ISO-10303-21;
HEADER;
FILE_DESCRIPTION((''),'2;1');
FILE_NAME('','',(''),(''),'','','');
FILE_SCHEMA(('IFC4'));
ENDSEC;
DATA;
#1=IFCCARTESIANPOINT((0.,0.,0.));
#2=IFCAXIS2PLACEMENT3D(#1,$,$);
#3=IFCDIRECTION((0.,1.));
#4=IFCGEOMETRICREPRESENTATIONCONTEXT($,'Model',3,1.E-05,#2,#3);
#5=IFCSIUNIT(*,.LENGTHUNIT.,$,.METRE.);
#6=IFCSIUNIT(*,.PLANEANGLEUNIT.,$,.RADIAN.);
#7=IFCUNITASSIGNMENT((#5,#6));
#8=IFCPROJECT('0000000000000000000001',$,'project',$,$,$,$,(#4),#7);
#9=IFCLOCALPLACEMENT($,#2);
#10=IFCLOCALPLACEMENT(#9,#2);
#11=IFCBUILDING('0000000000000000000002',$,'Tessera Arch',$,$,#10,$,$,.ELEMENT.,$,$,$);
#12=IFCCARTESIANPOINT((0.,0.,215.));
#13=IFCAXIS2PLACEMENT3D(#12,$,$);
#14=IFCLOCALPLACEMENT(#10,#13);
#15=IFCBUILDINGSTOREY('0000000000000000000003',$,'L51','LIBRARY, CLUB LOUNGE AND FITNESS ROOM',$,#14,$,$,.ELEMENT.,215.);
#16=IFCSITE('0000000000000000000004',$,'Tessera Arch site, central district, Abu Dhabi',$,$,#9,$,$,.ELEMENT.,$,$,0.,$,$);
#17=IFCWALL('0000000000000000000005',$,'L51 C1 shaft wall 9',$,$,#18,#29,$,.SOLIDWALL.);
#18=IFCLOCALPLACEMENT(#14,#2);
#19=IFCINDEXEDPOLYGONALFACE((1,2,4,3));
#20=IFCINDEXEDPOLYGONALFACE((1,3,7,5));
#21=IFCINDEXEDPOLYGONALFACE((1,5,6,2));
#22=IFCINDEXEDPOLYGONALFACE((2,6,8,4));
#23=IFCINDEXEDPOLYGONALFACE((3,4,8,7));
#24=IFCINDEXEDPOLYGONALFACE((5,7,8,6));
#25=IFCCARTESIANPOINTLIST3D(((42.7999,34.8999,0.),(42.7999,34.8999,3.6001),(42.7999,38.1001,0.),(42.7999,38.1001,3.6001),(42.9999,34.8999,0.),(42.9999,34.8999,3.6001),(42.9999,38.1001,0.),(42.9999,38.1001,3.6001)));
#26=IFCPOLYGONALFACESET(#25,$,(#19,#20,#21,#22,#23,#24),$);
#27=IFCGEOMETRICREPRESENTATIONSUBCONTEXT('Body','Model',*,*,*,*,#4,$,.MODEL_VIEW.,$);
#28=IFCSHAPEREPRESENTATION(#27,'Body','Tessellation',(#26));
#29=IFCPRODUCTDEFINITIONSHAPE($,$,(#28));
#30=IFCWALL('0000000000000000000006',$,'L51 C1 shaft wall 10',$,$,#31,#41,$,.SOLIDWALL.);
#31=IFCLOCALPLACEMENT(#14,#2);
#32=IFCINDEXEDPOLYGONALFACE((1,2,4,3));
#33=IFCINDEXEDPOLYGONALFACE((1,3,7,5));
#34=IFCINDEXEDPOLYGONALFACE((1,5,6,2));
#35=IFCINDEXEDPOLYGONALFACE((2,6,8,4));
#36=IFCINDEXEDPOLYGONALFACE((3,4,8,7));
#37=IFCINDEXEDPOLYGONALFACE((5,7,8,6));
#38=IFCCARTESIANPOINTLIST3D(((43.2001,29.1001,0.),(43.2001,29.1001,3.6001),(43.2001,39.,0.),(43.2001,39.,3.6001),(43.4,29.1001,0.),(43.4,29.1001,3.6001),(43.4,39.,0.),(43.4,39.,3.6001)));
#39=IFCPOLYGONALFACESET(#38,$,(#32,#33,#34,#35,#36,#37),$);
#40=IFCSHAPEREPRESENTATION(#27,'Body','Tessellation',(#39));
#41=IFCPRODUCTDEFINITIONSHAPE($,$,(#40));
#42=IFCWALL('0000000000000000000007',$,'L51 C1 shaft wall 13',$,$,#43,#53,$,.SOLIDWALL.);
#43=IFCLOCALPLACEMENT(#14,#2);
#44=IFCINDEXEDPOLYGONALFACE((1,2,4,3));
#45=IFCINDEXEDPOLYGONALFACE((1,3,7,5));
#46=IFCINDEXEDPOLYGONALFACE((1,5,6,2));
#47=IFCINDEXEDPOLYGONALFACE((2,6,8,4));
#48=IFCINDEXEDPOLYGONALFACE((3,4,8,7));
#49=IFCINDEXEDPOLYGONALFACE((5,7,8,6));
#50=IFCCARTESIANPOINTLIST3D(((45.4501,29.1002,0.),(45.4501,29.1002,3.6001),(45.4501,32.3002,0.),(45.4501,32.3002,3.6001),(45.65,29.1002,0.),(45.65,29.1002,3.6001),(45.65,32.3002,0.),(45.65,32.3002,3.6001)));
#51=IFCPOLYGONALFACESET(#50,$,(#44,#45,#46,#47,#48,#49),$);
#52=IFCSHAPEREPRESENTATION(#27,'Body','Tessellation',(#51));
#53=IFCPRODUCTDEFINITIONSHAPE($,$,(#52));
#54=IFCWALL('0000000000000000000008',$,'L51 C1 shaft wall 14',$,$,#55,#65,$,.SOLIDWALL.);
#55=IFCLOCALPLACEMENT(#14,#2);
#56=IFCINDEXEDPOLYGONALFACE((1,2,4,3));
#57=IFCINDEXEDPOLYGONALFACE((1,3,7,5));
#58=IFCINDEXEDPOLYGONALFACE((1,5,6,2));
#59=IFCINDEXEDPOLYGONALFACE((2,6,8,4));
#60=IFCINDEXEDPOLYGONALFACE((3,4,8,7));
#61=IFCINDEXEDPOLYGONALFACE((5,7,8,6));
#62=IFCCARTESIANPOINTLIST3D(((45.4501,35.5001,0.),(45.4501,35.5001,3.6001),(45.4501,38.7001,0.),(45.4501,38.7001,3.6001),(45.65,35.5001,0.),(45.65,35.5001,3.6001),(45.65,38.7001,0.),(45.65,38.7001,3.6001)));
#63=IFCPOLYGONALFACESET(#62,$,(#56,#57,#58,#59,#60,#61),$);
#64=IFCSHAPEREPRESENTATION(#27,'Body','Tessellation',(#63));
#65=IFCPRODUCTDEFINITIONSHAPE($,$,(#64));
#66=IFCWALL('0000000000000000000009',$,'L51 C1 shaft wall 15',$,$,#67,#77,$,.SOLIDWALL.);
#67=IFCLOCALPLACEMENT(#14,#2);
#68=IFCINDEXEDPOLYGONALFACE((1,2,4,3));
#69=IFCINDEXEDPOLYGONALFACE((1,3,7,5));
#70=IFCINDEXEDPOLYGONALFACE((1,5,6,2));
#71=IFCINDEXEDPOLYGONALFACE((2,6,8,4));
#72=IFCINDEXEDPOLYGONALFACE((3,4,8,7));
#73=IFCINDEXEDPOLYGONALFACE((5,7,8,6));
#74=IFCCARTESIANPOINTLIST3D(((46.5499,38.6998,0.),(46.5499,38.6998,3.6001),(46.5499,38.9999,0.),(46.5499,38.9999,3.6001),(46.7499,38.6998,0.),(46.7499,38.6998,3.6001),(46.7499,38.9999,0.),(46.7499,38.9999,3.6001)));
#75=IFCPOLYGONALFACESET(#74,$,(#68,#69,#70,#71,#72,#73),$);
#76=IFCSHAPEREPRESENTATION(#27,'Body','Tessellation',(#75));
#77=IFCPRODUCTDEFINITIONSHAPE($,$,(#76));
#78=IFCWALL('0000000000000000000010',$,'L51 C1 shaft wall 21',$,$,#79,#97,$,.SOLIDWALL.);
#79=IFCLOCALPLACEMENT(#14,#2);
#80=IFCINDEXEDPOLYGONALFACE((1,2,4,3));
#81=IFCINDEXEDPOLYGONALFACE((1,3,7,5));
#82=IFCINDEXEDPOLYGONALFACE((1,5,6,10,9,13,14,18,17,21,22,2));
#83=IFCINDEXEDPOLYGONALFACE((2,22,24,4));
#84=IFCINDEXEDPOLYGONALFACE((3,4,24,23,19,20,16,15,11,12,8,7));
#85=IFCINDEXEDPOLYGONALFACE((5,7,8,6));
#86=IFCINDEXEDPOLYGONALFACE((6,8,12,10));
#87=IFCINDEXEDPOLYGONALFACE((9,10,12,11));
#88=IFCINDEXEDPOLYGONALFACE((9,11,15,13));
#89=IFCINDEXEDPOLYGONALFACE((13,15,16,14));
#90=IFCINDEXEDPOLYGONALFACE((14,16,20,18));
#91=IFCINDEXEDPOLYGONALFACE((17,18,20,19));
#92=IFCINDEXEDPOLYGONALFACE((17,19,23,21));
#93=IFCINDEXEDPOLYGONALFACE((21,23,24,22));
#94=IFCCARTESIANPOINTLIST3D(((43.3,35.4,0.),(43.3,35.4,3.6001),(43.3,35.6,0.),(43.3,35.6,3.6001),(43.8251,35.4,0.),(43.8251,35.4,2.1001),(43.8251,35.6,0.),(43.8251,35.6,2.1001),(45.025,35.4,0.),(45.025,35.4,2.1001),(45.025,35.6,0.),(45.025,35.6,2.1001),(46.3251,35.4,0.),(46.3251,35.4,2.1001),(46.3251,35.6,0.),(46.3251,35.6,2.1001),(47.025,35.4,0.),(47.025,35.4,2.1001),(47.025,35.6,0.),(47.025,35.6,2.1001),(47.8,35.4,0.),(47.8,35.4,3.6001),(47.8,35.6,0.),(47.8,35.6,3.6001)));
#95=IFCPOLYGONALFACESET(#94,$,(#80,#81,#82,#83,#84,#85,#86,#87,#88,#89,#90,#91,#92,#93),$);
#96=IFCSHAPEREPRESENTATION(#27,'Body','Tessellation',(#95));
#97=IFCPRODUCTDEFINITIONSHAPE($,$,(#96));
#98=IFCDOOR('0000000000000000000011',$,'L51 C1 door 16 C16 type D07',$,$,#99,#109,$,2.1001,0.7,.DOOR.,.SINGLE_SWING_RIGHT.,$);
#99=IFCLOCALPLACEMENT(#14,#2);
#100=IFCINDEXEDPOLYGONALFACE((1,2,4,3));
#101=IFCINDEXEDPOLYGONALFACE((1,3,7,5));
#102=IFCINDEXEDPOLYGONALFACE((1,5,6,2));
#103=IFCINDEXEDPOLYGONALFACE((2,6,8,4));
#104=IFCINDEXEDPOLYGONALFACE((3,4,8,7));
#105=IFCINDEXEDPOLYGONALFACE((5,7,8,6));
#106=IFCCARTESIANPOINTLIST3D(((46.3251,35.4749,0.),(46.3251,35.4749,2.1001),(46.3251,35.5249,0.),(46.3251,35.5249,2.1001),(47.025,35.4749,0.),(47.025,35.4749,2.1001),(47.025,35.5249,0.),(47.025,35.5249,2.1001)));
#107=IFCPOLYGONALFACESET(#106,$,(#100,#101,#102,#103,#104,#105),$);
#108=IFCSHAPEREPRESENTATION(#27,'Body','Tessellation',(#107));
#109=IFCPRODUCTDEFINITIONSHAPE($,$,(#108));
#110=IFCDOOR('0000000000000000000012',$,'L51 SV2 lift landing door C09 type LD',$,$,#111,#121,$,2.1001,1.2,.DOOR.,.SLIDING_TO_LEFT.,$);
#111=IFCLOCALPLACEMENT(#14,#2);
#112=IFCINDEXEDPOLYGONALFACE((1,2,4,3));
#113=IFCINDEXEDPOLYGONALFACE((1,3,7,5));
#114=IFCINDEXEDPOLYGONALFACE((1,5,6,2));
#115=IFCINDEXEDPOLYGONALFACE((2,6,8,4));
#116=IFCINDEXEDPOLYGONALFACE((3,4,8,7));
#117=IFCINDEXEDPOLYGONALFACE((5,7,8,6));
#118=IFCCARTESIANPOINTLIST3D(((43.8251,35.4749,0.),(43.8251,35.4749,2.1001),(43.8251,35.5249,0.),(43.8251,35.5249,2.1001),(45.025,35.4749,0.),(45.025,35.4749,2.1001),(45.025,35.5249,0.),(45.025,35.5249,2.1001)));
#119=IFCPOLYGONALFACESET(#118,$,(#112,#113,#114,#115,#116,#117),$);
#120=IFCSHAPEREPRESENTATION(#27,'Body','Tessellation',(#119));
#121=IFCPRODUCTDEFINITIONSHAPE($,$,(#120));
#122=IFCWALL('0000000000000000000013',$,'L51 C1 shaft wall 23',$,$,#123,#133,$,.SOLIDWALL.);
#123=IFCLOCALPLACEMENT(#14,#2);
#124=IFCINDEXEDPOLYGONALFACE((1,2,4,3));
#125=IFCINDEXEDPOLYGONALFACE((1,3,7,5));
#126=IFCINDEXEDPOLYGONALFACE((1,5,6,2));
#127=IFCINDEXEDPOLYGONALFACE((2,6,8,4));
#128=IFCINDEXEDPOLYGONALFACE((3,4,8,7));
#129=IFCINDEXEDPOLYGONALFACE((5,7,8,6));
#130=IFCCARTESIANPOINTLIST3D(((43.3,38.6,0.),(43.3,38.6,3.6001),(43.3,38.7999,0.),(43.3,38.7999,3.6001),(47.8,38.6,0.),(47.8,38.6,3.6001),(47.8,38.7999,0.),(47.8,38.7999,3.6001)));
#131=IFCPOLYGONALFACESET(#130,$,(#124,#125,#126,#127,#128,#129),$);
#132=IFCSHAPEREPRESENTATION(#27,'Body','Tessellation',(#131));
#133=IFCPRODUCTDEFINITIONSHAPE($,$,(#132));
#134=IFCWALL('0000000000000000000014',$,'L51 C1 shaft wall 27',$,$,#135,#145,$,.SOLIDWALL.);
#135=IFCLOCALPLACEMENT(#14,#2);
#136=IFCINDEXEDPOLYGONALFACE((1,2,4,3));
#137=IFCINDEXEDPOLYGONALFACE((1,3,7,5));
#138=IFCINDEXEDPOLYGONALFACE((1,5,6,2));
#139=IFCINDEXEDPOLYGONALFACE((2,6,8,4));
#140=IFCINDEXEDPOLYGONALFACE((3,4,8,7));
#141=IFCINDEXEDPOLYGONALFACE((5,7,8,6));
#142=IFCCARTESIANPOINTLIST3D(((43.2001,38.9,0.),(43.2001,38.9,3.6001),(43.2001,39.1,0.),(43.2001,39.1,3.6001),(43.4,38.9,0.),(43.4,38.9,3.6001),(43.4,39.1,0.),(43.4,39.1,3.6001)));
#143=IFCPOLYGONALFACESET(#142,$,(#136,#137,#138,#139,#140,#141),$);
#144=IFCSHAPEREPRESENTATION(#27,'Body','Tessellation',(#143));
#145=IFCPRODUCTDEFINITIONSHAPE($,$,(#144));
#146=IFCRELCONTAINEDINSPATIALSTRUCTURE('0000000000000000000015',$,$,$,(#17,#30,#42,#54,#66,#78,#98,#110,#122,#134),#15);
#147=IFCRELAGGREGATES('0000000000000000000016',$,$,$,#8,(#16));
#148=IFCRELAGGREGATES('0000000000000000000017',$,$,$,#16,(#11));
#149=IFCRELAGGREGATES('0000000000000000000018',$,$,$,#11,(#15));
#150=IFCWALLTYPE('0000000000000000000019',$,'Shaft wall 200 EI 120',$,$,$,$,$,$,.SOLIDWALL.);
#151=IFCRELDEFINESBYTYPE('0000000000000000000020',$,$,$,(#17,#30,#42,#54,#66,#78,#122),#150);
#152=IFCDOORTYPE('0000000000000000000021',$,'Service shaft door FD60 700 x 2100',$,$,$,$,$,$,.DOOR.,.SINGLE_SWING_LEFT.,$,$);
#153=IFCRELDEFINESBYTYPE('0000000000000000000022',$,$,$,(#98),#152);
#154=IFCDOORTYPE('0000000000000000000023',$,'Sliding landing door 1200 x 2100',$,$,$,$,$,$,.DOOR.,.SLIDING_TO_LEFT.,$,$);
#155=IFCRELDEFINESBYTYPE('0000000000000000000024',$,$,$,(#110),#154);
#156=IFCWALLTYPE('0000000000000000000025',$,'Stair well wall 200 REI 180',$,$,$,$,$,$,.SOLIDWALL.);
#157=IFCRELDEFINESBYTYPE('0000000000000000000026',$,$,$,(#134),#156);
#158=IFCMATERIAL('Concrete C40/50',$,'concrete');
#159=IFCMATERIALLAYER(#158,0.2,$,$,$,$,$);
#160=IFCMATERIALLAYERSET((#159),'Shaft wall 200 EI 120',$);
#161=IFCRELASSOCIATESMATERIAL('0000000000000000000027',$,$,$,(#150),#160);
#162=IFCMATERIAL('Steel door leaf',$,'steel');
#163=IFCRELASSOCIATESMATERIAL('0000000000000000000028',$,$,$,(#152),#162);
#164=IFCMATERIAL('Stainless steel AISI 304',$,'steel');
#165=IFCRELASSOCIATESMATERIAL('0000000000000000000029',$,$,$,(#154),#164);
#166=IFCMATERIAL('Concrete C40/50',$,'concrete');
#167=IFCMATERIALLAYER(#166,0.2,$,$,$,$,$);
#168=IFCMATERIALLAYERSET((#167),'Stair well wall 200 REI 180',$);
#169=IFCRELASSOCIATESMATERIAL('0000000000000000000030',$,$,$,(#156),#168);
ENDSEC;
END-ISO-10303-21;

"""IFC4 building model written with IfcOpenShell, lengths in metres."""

from ifc_helpers import new_model, si_unit, direction, frame, frame_2d, origin, place, context, subcontext, project, spatial, rectangle, extrude, material, layer, layer_set, type_object, element, fill, save


model = new_model("IFC4")

# Units and contexts
model_context = context("Model", 3, precision=1e-05, world=origin(), true_north=direction((0.0, 1.0)))
body_context = subcontext(model_context, "Body", "Model", "MODEL_VIEW")
ifc_project = project(units=[si_unit("LENGTHUNIT", "METRE"), si_unit("PLANEANGLEUNIT", "RADIAN")], contexts=[model_context])

# Site, building, storey
site_placement = place(None, origin())
site = spatial("IfcSite", under=ifc_project, at=site_placement, Name="Tessera Arch site, central district, Abu Dhabi", CompositionType="ELEMENT", RefElevation=0.0)
building_placement = place(site_placement, origin())
building = spatial("IfcBuilding", under=site, at=building_placement, Name="Tessera Arch", CompositionType="ELEMENT")
storey_placement = place(building_placement, frame((0.0, 0.0, 215.0)))
storey = spatial("IfcBuildingStorey", under=building, at=storey_placement, Name="L51", Description="LIBRARY, CLUB LOUNGE AND FITNESS ROOM", CompositionType="ELEMENT", Elevation=215.0)

# Walls
ifc_material_1 = material(Name="Concrete C40/50", Category="concrete")
ifc_layer_1 = layer(ifc_material_1, 0.2)
ifc_layer_set_1 = layer_set([ifc_layer_1], Name="Shaft wall 200 EI 120")
wall_type_1 = type_object("IfcWallType", Name="Shaft wall 200 EI 120", PredefinedType="SOLIDWALL", material=ifc_layer_set_1)
wall_1_placement = place(storey_placement, frame((42.8999, 34.8999, 0.0), z_axis=(0.0, 0.0, 1.0), x_axis=(0.0, 1.0, 0.0)))
element("IfcWall", 1, at=wall_1_placement, inside=storey, type_object=wall_type_1, Name="L51 C1 shaft wall 9", PredefinedType="SOLIDWALL", context=body_context, shape_type="SweptSolid", body=[
    extrude(rectangle(XDim=3.2002, YDim=0.2, at=frame_2d((1.6001, 0.0))), origin(), (0.0, 0.0, 1.0), 3.6001),
])
wall_2_placement = place(storey_placement, frame((43.3, 29.1001, 0.0), z_axis=(0.0, 0.0, 1.0), x_axis=(0.0, 1.0, 0.0)))
element("IfcWall", 2, at=wall_2_placement, inside=storey, type_object=wall_type_1, Name="L51 C1 shaft wall 10", PredefinedType="SOLIDWALL", context=body_context, shape_type="SweptSolid", body=[
    extrude(rectangle(XDim=9.8999, YDim=0.2, at=frame_2d((4.95, 0.0))), origin(), (0.0, 0.0, 1.0), 3.6001),
])
for number, where, z_axis, x_axis, name in (
    (3, (45.55, 29.1001, 0.0), (0.0, 0.0, 1.0), (0.0, 1.0, 0.0), "L51 C1 shaft wall 13"),
    (4, (45.55, 35.5, 0.0), (0.0, 0.0, 1.0), (0.0, 1.0, 0.0), "L51 C1 shaft wall 14"),
):
    element("IfcWall", number, at=place(storey_placement, frame(where, z_axis=z_axis, x_axis=x_axis)), inside=storey, type_object=wall_type_1, Name=name, PredefinedType="SOLIDWALL", context=body_context, shape_type="SweptSolid", body=[
        extrude(rectangle(XDim=3.2, YDim=0.2, at=frame_2d((1.6001, 0.0))), origin(), (0.0, 0.0, 1.0), 3.6001),
    ])
wall_3_placement = place(storey_placement, frame((46.6499, 38.7, 0.0), z_axis=(0.0, 0.0, 1.0), x_axis=(0.0, 1.0, 0.0)))
element("IfcWall", 5, at=wall_3_placement, inside=storey, type_object=wall_type_1, Name="L51 C1 shaft wall 15", PredefinedType="SOLIDWALL", context=body_context, shape_type="SweptSolid", body=[
    extrude(rectangle(XDim=0.3, YDim=0.2, at=frame_2d((0.1499, 0.0))), origin(), (0.0, 0.0, 1.0), 3.6001),
])

# Wall, openings, doors
wall_4_placement = place(storey_placement, frame((43.3, 35.5, 0.0), z_axis=(0.0, 0.0, 1.0), x_axis=(1.0, 0.0, 0.0)))
wall_4 = element("IfcWall", 6, at=wall_4_placement, inside=storey, type_object=wall_type_1, Name="L51 C1 shaft wall 21", PredefinedType="SOLIDWALL", context=body_context, shape_type="SweptSolid", body=[
    extrude(rectangle(XDim=4.5, YDim=0.2, at=frame_2d((2.25, 0.0))), origin(), (0.0, 0.0, 1.0), 3.6001),
])
opening_1_placement = place(wall_4_placement, frame((0.5249, 0.0, 0.0)))
opening_1 = element("IfcOpeningElement", 7, at=opening_1_placement, cuts=wall_4, PredefinedType="OPENING", context=body_context, shape_type="SweptSolid", body=[
    extrude(rectangle(XDim=1.2, YDim=2.1001, at=frame_2d((0.6001, 1.05))), frame((0.0, 0.1099, 0.0), z_axis=(0.0, -1.0, 0.0), x_axis=(1.0, 0.0, 0.0)), (0.0, 0.0, 1.0), 0.22),
])
opening_2_placement = place(wall_4_placement, frame((3.0249, 0.0, 0.0)))
opening_2 = element("IfcOpeningElement", 8, at=opening_2_placement, cuts=wall_4, PredefinedType="OPENING", context=body_context, shape_type="SweptSolid", body=[
    extrude(rectangle(XDim=0.7, YDim=2.1001, at=frame_2d((0.3501, 1.05))), frame((0.0, 0.1099, 0.0), z_axis=(0.0, -1.0, 0.0), x_axis=(1.0, 0.0, 0.0)), (0.0, 0.0, 1.0), 0.22),
])
ifc_material_2 = material(Name="Steel door leaf", Category="steel")
door_type_1 = type_object("IfcDoorType", Name="Service shaft door FD60 700 x 2100", OperationType="SINGLE_SWING_LEFT", PredefinedType="DOOR", material=ifc_material_2)
door_1_placement = place(opening_2_placement, origin())
door_1 = element("IfcDoor", 9, at=door_1_placement, inside=storey, type_object=door_type_1, Name="L51 C1 door 16 C16 type D07", OperationType="SINGLE_SWING_RIGHT", OverallHeight=2.1001, OverallWidth=0.7, PredefinedType="DOOR", context=body_context, shape_type="SweptSolid", body=[
    extrude(rectangle(XDim=0.7, YDim=2.1001, at=frame_2d((0.3501, 1.05))), frame((0.0, 0.0249, 0.0), z_axis=(0.0, -1.0, 0.0), x_axis=(1.0, 0.0, 0.0)), (0.0, 0.0, 1.0), 0.05),
])
fill(opening_2, door_1)
ifc_material_3 = material(Name="Stainless steel AISI 304", Category="steel")
door_type_2 = type_object("IfcDoorType", Name="Sliding landing door 1200 x 2100", OperationType="SLIDING_TO_LEFT", PredefinedType="DOOR", material=ifc_material_3)
door_2_placement = place(opening_1_placement, origin())
door_2 = element("IfcDoor", 10, at=door_2_placement, inside=storey, type_object=door_type_2, Name="L51 SV2 lift landing door C09 type LD", OperationType="SLIDING_TO_LEFT", OverallHeight=2.1001, OverallWidth=1.2, PredefinedType="DOOR", context=body_context, shape_type="SweptSolid", body=[
    extrude(rectangle(XDim=1.2, YDim=2.1001, at=frame_2d((0.6001, 1.05))), frame((0.0, 0.0249, 0.0), z_axis=(0.0, -1.0, 0.0), x_axis=(1.0, 0.0, 0.0)), (0.0, 0.0, 1.0), 0.05),
])
fill(opening_1, door_2)

# Walls
wall_5_placement = place(storey_placement, frame((43.3, 38.7, 0.0), z_axis=(0.0, 0.0, 1.0), x_axis=(1.0, 0.0, 0.0)))
element("IfcWall", 11, at=wall_5_placement, inside=storey, type_object=wall_type_1, Name="L51 C1 shaft wall 23", PredefinedType="SOLIDWALL", context=body_context, shape_type="SweptSolid", body=[
    extrude(rectangle(XDim=4.5, YDim=0.2, at=frame_2d((2.25, 0.0))), origin(), (0.0, 0.0, 1.0), 3.6001),
])
ifc_material_4 = material(Name="Concrete C40/50", Category="concrete")
ifc_layer_2 = layer(ifc_material_4, 0.2)
ifc_layer_set_2 = layer_set([ifc_layer_2], Name="Stair well wall 200 REI 180")
wall_type_2 = type_object("IfcWallType", Name="Stair well wall 200 REI 180", PredefinedType="SOLIDWALL", material=ifc_layer_set_2)
wall_6_placement = place(storey_placement, frame((43.2, 39.0, 0.0), z_axis=(0.0, 0.0, 1.0), x_axis=(1.0, 0.0, 0.0)))
element("IfcWall", 12, at=wall_6_placement, inside=storey, type_object=wall_type_2, Name="L51 C1 shaft wall 27", PredefinedType="SOLIDWALL", context=body_context, shape_type="SweptSolid", body=[
    extrude(rectangle(XDim=0.2, YDim=0.2, at=frame_2d((0.1001, 0.0))), origin(), (0.0, 0.0, 1.0), 3.6001),
])

save(model, "model.ifc")
